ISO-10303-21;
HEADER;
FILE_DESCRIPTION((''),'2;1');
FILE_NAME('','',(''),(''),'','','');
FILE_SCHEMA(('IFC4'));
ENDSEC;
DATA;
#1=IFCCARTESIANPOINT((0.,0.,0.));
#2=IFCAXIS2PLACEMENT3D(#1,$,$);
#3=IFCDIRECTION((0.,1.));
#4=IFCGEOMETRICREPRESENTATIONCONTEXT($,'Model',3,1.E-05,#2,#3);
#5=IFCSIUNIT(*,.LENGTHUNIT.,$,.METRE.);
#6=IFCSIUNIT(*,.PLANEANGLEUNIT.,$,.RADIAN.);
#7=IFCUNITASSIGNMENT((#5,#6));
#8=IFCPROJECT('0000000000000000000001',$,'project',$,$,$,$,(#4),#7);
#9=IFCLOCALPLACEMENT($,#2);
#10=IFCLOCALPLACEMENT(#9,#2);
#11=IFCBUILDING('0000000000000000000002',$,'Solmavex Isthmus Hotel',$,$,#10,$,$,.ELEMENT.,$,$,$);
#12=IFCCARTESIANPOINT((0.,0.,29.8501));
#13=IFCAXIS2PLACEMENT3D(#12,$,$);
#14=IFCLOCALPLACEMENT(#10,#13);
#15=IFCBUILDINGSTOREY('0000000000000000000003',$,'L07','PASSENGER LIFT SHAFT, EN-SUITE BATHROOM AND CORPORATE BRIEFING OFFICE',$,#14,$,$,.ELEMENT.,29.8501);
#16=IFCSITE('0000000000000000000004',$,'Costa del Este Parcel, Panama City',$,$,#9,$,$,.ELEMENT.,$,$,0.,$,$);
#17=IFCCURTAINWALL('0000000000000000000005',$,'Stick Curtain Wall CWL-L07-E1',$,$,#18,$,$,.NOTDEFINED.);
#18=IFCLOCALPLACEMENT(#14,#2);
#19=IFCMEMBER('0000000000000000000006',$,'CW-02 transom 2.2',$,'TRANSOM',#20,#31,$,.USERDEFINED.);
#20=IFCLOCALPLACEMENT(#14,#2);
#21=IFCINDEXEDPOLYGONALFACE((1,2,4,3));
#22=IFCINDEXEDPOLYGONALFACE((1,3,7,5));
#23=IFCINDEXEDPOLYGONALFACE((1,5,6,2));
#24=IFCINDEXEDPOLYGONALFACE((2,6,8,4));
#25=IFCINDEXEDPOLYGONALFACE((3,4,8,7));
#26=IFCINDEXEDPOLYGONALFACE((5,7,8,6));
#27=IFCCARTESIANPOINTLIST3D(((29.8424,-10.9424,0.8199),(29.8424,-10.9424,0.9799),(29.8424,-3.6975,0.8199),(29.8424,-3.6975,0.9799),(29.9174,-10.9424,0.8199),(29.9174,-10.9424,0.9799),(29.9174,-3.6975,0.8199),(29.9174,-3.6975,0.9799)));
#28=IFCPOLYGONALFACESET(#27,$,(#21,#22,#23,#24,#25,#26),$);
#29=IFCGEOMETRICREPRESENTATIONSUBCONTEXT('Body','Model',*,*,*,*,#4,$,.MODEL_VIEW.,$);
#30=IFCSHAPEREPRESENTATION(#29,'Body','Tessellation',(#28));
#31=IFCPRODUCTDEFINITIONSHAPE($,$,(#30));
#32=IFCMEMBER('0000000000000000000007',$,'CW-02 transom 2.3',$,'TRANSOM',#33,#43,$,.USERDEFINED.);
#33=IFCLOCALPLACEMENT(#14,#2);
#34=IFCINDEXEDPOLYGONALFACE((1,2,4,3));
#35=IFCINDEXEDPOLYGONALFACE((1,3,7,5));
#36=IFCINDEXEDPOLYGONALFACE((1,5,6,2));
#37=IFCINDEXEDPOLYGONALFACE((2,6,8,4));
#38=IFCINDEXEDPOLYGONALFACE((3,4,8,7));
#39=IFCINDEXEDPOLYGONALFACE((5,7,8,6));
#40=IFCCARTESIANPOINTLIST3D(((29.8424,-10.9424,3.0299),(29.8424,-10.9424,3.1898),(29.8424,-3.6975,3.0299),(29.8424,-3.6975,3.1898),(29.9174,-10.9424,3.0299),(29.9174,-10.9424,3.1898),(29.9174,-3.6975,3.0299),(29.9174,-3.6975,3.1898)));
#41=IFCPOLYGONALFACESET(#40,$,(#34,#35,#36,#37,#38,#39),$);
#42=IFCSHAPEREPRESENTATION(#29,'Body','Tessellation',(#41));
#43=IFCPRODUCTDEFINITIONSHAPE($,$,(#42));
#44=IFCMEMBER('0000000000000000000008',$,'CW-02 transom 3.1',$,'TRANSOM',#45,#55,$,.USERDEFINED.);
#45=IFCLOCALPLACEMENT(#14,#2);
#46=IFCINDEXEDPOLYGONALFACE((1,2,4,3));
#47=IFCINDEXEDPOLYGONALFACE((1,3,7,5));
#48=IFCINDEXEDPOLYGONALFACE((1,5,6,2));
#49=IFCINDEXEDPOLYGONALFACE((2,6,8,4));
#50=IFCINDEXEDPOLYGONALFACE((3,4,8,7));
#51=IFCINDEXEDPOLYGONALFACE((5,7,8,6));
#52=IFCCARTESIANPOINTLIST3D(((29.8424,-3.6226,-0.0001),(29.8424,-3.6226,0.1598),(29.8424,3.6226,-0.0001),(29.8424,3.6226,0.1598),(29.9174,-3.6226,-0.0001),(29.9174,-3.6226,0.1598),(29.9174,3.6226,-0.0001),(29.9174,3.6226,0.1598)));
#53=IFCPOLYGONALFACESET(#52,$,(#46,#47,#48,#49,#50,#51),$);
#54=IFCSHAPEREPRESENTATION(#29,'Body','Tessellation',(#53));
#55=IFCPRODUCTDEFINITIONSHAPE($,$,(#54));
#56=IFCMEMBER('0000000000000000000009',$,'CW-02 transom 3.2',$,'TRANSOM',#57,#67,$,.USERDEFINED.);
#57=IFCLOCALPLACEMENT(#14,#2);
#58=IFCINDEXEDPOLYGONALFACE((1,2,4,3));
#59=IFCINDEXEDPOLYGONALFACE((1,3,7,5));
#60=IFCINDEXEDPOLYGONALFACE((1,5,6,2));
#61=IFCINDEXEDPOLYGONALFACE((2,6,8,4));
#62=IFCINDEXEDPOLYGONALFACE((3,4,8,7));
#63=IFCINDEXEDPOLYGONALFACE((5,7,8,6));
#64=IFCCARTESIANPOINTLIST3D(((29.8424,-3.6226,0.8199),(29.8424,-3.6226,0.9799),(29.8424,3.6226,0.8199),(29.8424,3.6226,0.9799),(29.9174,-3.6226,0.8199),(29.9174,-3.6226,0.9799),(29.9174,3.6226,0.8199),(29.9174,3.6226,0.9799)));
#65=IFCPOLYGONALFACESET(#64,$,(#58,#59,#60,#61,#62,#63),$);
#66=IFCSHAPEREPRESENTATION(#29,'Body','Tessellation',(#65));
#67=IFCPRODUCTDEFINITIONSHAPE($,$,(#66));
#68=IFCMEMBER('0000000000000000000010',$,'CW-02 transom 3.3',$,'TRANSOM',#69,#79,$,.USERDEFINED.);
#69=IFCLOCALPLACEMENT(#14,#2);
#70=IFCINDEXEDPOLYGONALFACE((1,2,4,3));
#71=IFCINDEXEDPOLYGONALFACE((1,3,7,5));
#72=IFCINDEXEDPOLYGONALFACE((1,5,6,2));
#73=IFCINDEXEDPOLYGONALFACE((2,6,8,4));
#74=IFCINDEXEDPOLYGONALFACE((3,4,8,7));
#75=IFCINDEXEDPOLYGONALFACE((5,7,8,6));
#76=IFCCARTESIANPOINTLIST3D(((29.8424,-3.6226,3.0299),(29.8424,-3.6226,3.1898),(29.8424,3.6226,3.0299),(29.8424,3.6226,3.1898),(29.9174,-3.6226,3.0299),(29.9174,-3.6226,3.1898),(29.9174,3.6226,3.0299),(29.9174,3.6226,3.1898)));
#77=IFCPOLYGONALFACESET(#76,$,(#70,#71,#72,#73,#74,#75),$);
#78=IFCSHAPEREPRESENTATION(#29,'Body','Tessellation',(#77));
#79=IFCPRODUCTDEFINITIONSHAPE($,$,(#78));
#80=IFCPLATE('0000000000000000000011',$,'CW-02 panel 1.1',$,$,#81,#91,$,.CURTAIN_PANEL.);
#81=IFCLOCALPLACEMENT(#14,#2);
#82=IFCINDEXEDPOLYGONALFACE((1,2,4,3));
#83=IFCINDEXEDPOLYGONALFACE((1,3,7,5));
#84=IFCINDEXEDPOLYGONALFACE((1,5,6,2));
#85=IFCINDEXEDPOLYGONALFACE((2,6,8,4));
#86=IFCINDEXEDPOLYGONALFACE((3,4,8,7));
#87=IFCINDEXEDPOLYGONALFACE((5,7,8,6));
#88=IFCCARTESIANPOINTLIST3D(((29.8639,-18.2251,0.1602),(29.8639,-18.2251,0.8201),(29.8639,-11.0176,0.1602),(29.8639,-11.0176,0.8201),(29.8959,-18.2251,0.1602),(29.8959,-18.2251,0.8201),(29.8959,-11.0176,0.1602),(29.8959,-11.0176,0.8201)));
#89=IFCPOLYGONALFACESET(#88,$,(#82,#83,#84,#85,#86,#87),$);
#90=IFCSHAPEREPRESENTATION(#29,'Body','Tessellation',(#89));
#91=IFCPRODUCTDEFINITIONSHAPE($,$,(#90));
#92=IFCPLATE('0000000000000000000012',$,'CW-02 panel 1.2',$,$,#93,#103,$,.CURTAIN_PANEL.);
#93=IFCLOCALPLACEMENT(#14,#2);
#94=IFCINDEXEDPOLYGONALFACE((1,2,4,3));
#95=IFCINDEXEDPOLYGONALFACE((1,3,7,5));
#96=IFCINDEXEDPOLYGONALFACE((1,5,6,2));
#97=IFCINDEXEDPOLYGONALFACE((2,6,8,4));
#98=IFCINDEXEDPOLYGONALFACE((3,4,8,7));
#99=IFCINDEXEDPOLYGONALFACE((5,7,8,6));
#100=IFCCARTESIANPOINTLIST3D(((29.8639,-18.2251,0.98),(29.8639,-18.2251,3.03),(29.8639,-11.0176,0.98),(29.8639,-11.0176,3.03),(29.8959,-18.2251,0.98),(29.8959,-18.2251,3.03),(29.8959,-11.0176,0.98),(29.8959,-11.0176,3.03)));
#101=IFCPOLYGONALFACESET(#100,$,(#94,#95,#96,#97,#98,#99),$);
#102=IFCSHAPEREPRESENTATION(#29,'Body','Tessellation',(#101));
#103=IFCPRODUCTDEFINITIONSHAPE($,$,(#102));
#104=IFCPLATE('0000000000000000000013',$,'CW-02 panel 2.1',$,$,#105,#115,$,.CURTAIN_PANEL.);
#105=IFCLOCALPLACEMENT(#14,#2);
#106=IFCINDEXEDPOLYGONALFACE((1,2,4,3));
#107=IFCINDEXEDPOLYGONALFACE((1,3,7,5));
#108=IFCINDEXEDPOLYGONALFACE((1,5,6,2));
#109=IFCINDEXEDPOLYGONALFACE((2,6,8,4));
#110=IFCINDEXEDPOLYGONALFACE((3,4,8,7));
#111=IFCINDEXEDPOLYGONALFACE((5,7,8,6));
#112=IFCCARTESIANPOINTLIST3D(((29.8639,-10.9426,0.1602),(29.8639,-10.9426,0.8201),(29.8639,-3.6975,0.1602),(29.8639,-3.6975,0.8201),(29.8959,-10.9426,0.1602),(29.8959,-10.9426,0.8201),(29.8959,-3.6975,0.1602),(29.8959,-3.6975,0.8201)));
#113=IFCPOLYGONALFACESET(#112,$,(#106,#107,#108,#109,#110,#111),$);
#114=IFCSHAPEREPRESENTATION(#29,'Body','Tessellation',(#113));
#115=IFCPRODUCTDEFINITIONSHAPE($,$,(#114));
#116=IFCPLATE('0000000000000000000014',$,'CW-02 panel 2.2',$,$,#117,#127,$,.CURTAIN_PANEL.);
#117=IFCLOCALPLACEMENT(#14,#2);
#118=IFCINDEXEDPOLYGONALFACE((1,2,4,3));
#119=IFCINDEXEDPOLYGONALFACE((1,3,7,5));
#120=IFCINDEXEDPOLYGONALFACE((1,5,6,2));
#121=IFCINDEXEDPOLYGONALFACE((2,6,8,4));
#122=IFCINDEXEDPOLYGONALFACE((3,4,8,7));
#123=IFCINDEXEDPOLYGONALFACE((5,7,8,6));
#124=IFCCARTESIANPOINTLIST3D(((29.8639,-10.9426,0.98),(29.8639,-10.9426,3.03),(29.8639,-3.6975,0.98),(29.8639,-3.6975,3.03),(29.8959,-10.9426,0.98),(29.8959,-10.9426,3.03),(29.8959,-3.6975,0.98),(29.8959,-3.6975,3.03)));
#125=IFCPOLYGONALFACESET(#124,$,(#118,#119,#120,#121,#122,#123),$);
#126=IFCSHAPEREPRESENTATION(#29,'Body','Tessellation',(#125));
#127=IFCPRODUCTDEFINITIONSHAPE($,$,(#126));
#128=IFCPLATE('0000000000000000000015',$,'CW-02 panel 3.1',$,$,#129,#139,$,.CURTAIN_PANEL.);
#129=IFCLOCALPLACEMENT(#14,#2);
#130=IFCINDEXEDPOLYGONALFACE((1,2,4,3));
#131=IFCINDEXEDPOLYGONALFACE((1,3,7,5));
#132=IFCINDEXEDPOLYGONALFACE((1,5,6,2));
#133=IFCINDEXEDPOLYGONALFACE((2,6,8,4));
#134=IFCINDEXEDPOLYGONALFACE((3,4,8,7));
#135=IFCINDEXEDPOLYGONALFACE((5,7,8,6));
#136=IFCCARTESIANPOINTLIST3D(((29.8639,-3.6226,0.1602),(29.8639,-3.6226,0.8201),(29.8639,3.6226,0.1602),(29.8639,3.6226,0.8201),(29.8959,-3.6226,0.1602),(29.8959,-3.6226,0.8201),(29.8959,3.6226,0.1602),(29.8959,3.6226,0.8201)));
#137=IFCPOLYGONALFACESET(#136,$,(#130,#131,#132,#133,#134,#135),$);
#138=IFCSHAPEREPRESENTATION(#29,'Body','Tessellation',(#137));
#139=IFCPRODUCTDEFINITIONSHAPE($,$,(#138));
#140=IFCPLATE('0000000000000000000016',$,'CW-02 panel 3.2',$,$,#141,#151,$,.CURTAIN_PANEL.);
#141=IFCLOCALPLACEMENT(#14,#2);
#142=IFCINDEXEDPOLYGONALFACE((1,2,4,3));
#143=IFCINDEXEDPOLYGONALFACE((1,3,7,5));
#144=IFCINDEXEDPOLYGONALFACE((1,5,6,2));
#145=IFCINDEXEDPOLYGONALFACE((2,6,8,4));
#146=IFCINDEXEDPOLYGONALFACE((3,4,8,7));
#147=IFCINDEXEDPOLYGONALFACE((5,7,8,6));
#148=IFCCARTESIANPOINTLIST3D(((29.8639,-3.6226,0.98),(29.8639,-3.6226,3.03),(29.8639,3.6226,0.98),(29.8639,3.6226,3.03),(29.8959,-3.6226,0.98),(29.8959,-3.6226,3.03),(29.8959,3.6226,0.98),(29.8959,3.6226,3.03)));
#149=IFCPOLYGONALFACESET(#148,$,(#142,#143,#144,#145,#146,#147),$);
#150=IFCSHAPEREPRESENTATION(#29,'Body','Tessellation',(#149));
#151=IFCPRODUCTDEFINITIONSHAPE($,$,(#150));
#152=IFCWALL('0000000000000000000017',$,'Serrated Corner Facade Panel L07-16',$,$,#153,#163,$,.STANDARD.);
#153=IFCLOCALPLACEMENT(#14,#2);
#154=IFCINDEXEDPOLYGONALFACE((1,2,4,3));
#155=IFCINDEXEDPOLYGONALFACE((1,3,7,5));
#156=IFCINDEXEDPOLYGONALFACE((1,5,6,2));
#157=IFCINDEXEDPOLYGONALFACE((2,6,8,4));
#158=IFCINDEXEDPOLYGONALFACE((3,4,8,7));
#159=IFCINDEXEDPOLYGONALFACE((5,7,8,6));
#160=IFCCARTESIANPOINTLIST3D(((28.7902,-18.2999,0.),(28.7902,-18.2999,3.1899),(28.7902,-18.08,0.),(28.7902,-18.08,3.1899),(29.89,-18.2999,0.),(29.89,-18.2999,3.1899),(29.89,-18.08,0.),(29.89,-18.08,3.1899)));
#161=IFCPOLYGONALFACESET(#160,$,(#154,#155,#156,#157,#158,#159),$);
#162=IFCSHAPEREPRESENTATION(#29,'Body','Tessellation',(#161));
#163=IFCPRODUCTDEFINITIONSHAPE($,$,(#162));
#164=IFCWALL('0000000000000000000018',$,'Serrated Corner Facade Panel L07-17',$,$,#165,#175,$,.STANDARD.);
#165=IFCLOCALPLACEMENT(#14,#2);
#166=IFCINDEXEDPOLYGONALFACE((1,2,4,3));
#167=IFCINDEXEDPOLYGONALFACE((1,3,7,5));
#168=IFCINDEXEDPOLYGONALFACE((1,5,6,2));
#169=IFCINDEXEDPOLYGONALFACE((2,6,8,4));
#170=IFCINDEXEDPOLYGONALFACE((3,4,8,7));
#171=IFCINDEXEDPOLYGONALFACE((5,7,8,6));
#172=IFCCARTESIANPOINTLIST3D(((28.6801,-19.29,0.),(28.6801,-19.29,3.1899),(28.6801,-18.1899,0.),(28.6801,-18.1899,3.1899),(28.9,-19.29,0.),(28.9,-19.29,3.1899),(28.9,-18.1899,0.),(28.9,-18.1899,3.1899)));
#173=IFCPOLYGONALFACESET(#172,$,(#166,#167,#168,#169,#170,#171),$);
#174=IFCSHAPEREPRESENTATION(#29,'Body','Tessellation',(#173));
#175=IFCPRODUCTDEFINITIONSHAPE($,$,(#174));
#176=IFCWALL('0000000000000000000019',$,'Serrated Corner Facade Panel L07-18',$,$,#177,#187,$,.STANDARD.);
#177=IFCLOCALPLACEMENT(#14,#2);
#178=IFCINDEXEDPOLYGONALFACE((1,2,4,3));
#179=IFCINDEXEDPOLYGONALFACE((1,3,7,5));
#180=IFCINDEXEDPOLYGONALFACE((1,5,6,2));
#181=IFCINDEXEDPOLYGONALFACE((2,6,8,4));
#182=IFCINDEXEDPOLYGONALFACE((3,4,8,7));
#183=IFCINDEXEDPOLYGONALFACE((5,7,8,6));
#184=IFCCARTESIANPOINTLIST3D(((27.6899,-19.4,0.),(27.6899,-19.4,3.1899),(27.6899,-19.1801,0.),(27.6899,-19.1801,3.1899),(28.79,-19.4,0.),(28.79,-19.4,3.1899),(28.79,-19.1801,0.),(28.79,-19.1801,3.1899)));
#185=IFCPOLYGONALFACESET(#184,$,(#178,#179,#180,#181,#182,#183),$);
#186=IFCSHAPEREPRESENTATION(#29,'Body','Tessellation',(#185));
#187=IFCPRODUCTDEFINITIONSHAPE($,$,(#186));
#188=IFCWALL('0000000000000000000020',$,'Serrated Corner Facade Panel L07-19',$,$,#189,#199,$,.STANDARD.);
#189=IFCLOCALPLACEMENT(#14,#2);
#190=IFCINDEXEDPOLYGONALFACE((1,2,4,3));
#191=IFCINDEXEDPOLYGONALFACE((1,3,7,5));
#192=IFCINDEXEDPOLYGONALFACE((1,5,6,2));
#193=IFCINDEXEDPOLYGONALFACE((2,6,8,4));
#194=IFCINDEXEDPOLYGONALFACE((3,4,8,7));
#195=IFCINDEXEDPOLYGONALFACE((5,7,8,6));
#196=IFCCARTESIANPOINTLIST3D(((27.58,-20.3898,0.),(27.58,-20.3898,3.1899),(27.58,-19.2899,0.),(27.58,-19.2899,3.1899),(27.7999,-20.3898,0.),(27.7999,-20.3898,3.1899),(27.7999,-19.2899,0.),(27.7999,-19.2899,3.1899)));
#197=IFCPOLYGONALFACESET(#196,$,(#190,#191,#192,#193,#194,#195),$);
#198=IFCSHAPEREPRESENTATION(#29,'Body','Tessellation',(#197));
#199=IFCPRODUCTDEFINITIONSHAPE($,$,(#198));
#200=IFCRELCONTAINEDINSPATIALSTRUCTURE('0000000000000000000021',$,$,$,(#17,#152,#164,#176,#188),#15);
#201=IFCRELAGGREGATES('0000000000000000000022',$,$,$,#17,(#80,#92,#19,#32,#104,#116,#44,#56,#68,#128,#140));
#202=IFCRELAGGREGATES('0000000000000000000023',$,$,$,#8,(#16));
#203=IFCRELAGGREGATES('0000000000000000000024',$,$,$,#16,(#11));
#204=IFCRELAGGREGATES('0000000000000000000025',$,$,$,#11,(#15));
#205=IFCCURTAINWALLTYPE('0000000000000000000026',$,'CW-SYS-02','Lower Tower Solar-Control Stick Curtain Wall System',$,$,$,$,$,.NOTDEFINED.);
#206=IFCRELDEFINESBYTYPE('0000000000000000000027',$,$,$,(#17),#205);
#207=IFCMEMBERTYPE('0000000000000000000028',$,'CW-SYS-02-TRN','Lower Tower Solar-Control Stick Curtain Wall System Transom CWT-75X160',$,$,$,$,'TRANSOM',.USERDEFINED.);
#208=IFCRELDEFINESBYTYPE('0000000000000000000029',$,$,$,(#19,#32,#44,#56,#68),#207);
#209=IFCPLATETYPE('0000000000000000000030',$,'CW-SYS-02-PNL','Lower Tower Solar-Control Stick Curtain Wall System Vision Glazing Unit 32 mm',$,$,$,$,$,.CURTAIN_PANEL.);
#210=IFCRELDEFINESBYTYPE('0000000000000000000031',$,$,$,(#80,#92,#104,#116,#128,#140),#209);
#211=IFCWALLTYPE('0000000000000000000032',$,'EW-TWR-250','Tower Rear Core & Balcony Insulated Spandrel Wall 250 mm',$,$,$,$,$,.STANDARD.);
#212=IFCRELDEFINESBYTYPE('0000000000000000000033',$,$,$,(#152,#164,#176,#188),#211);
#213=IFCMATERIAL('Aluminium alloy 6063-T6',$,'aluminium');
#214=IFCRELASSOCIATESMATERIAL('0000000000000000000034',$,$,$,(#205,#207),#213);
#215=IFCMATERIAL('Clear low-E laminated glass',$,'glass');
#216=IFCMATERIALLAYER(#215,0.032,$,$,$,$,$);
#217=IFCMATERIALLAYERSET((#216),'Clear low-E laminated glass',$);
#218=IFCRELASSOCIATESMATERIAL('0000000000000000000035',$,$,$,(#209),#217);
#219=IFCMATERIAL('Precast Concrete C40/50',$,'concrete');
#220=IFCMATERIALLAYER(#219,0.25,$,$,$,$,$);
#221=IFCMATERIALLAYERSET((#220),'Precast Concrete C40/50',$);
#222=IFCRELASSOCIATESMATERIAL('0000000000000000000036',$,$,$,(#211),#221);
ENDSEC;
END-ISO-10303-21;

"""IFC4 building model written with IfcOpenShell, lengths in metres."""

from ifc_helpers import new_model, si_unit, direction, frame, frame_2d, origin, origin_2d, place, context, subcontext, project, spatial, rectangle, extrude, material, layer, layer_set, material_profile, profile_set, type_object, element, aggregate, save


model = new_model("IFC4")

# Units and contexts
model_context = context("Model", 3, precision=1e-05, world=origin(), true_north=direction((0.0, 1.0)))
body_context = subcontext(model_context, "Body", "Model", "MODEL_VIEW")
ifc_project = project(units=[si_unit("LENGTHUNIT", "METRE"), si_unit("PLANEANGLEUNIT", "RADIAN")], contexts=[model_context])

# Site, building, storey
site_placement = place(None, origin())
site = spatial("IfcSite", under=ifc_project, at=site_placement, Name="Costa del Este Parcel, Panama City", CompositionType="ELEMENT", RefElevation=0.0)
building_placement = place(site_placement, origin())
building = spatial("IfcBuilding", under=site, at=building_placement, Name="Solmavex Isthmus Hotel", CompositionType="ELEMENT")
storey_placement = place(building_placement, frame((0.0, 0.0, 29.8501)))
storey = spatial("IfcBuildingStorey", under=building, at=storey_placement, Name="L07", Description="PASSENGER LIFT SHAFT, EN-SUITE BATHROOM AND CORPORATE BRIEFING OFFICE", CompositionType="ELEMENT", Elevation=29.8501)

# Curtain wall, members, plates
ifc_material_1 = material(Name="Aluminium alloy 6063-T6", Category="aluminium")
curtain_wall_type = type_object("IfcCurtainWallType", Name="CW-SYS-02", Description="Lower Tower Solar-Control Stick Curtain Wall System", PredefinedType="NOTDEFINED", material=ifc_material_1)
curtain_wall_placement = place(storey_placement, origin())
curtain_wall = element("IfcCurtainWall", 1, at=curtain_wall_placement, inside=storey, type_object=curtain_wall_type, Name="Stick Curtain Wall CWL-L07-E1", PredefinedType="NOTDEFINED")
ifc_material_profile_1 = material_profile(ifc_material_1, rectangle(XDim=0.075, YDim=0.1599, at=origin_2d()), Name="CWT-75X160")
ifc_profile_set_1 = profile_set([ifc_material_profile_1], Name="Aluminium alloy 6063-T6")
member_type_1 = type_object("IfcMemberType", Name="CW-SYS-02-TRN", Description="Lower Tower Solar-Control Stick Curtain Wall System Transom CWT-75X160", ElementType="TRANSOM", PredefinedType="USERDEFINED", material=ifc_profile_set_1)
member_1_placement = place(storey_placement, frame((29.8799, -10.9424, 0.8999), z_axis=(0.0, 1.0, 0.0), x_axis=(-1.0, 0.0, 0.0)))
member_1 = element("IfcMember", 2, at=member_1_placement, type_object=member_type_1, Name="CW-02 transom 2.2", ObjectType="TRANSOM", PredefinedType="USERDEFINED", context=body_context, shape_type="SweptSolid", body=[
    extrude(rectangle(XDim=0.075, YDim=0.1599, at=origin_2d()), origin(), (0.0, 0.0, 1.0), 7.2449),
])
member_2_placement = place(storey_placement, frame((29.8799, -10.9424, 3.1099), z_axis=(0.0, 1.0, 0.0), x_axis=(-1.0, 0.0, 0.0)))
member_2 = element("IfcMember", 3, at=member_2_placement, type_object=member_type_1, Name="CW-02 transom 2.3", ObjectType="TRANSOM", PredefinedType="USERDEFINED", context=body_context, shape_type="SweptSolid", body=[
    extrude(rectangle(XDim=0.075, YDim=0.1599, at=origin_2d()), origin(), (0.0, 0.0, 1.0), 7.2449),
])
member_3_placement = place(storey_placement, frame((29.8799, -3.6226, 0.0798), z_axis=(0.0, 1.0, 0.0), x_axis=(-1.0, 0.0, 0.0)))
member_3 = element("IfcMember", 4, at=member_3_placement, type_object=member_type_1, Name="CW-02 transom 3.1", ObjectType="TRANSOM", PredefinedType="USERDEFINED", context=body_context, shape_type="SweptSolid", body=[
    extrude(rectangle(XDim=0.075, YDim=0.1599, at=origin_2d()), origin(), (0.0, 0.0, 1.0), 7.2451),
])
member_4_placement = place(storey_placement, frame((29.8799, -3.6226, 0.8999), z_axis=(0.0, 1.0, 0.0), x_axis=(-1.0, 0.0, 0.0)))
member_4 = element("IfcMember", 5, at=member_4_placement, type_object=member_type_1, Name="CW-02 transom 3.2", ObjectType="TRANSOM", PredefinedType="USERDEFINED", context=body_context, shape_type="SweptSolid", body=[
    extrude(rectangle(XDim=0.075, YDim=0.1599, at=origin_2d()), origin(), (0.0, 0.0, 1.0), 7.2451),
])
member_5_placement = place(storey_placement, frame((29.8799, -3.6226, 3.1099), z_axis=(0.0, 1.0, 0.0), x_axis=(-1.0, 0.0, 0.0)))
member_5 = element("IfcMember", 6, at=member_5_placement, type_object=member_type_1, Name="CW-02 transom 3.3", ObjectType="TRANSOM", PredefinedType="USERDEFINED", context=body_context, shape_type="SweptSolid", body=[
    extrude(rectangle(XDim=0.075, YDim=0.1599, at=origin_2d()), origin(), (0.0, 0.0, 1.0), 7.2451),
])
ifc_material_2 = material(Name="Clear low-E laminated glass", Category="glass")
ifc_layer_1 = layer(ifc_material_2, 0.032)
ifc_layer_set_1 = layer_set([ifc_layer_1], Name="Clear low-E laminated glass")
plate_type = type_object("IfcPlateType", Name="CW-SYS-02-PNL", Description="Lower Tower Solar-Control Stick Curtain Wall System Vision Glazing Unit 32 mm", PredefinedType="CURTAIN_PANEL", material=ifc_layer_set_1)
plate_1_placement = place(storey_placement, frame((29.8799, -14.6213, 0.1602), z_axis=(0.0, 0.0, 1.0), x_axis=(0.0, 1.0, 0.0)))
plate_1 = element("IfcPlate", 7, at=plate_1_placement, type_object=plate_type, Name="CW-02 panel 1.1", PredefinedType="CURTAIN_PANEL", context=body_context, shape_type="SweptSolid", body=[
    extrude(rectangle(XDim=7.2075, YDim=0.032, at=origin_2d()), origin(), (0.0, 0.0, 1.0), 0.6599),
])
plate_2_placement = place(storey_placement, frame((29.8799, -14.6213, 0.98), z_axis=(0.0, 0.0, 1.0), x_axis=(0.0, 1.0, 0.0)))
plate_2 = element("IfcPlate", 8, at=plate_2_placement, type_object=plate_type, Name="CW-02 panel 1.2", PredefinedType="CURTAIN_PANEL", context=body_context, shape_type="SweptSolid", body=[
    extrude(rectangle(XDim=7.2075, YDim=0.032, at=origin_2d()), origin(), (0.0, 0.0, 1.0), 2.05),
])
plate_3_placement = place(storey_placement, frame((29.8799, -7.3201, 0.1602), z_axis=(0.0, 0.0, 1.0), x_axis=(0.0, 1.0, 0.0)))
plate_3 = element("IfcPlate", 9, at=plate_3_placement, type_object=plate_type, Name="CW-02 panel 2.1", PredefinedType="CURTAIN_PANEL", context=body_context, shape_type="SweptSolid", body=[
    extrude(rectangle(XDim=7.2451, YDim=0.032, at=origin_2d()), origin(), (0.0, 0.0, 1.0), 0.6599),
])
plate_4_placement = place(storey_placement, frame((29.8799, -7.3201, 0.98), z_axis=(0.0, 0.0, 1.0), x_axis=(0.0, 1.0, 0.0)))
plate_4 = element("IfcPlate", 10, at=plate_4_placement, type_object=plate_type, Name="CW-02 panel 2.2", PredefinedType="CURTAIN_PANEL", context=body_context, shape_type="SweptSolid", body=[
    extrude(rectangle(XDim=7.2451, YDim=0.032, at=origin_2d()), origin(), (0.0, 0.0, 1.0), 2.05),
])
plate_5_placement = place(storey_placement, frame((29.8799, 0.0, 0.1602), z_axis=(0.0, 0.0, 1.0), x_axis=(0.0, 1.0, 0.0)))
plate_5 = element("IfcPlate", 11, at=plate_5_placement, type_object=plate_type, Name="CW-02 panel 3.1", PredefinedType="CURTAIN_PANEL", context=body_context, shape_type="SweptSolid", body=[
    extrude(rectangle(XDim=7.2451, YDim=0.032, at=origin_2d()), origin(), (0.0, 0.0, 1.0), 0.6599),
])
plate_6_placement = place(storey_placement, frame((29.8799, 0.0, 0.98), z_axis=(0.0, 0.0, 1.0), x_axis=(0.0, 1.0, 0.0)))
plate_6 = element("IfcPlate", 12, at=plate_6_placement, type_object=plate_type, Name="CW-02 panel 3.2", PredefinedType="CURTAIN_PANEL", context=body_context, shape_type="SweptSolid", body=[
    extrude(rectangle(XDim=7.2451, YDim=0.032, at=origin_2d()), origin(), (0.0, 0.0, 1.0), 2.05),
])
aggregate(curtain_wall, [plate_1, plate_2, member_1, member_2, plate_3, plate_4, member_3, member_4, member_5, plate_5, plate_6])

# Walls
ifc_material_3 = material(Name="Precast Concrete C40/50", Category="concrete")
ifc_layer_2 = layer(ifc_material_3, 0.25)
ifc_layer_set_2 = layer_set([ifc_layer_2], Name="Precast Concrete C40/50")
wall_type_1 = type_object("IfcWallType", Name="EW-TWR-250", Description="Tower Rear Core & Balcony Insulated Spandrel Wall 250 mm", PredefinedType="STANDARD", material=ifc_layer_set_2)
wall_1_placement = place(storey_placement, frame((29.8899, -18.1899, 0.0), z_axis=(0.0, 0.0, 1.0), x_axis=(-1.0, 0.0, 0.0)))
element("IfcWall", 13, at=wall_1_placement, inside=storey, type_object=wall_type_1, Name="Serrated Corner Facade Panel L07-16", PredefinedType="STANDARD", context=body_context, shape_type="SweptSolid", body=[
    extrude(rectangle(XDim=1.0999, YDim=0.22, at=frame_2d((0.5498, 0.0))), origin(), (0.0, 0.0, 1.0), 3.1899),
])
for number, where, z_axis, x_axis, name in (
    (14, (28.79, -18.1899, 0.0), (0.0, 0.0, 1.0), (0.0, -1.0, 0.0), "Serrated Corner Facade Panel L07-17"),
    (15, (28.79, -19.29, 0.0), (0.0, 0.0, 1.0), (-1.0, 0.0, 0.0), "Serrated Corner Facade Panel L07-18"),
):
    element("IfcWall", number, at=place(storey_placement, frame(where, z_axis=z_axis, x_axis=x_axis)), inside=storey, type_object=wall_type_1, Name=name, PredefinedType="STANDARD", context=body_context, shape_type="SweptSolid", body=[
        extrude(rectangle(XDim=1.1001, YDim=0.22, at=frame_2d((0.55, 0.0))), origin(), (0.0, 0.0, 1.0), 3.1899),
    ])
wall_2_placement = place(storey_placement, frame((27.6899, -19.29, 0.0), z_axis=(0.0, 0.0, 1.0), x_axis=(0.0, -1.0, 0.0)))
element("IfcWall", 16, at=wall_2_placement, inside=storey, type_object=wall_type_1, Name="Serrated Corner Facade Panel L07-19", PredefinedType="STANDARD", context=body_context, shape_type="SweptSolid", body=[
    extrude(rectangle(XDim=1.0999, YDim=0.22, at=frame_2d((0.5498, 0.0))), origin(), (0.0, 0.0, 1.0), 3.1899),
])

save(model, "model.ifc")
